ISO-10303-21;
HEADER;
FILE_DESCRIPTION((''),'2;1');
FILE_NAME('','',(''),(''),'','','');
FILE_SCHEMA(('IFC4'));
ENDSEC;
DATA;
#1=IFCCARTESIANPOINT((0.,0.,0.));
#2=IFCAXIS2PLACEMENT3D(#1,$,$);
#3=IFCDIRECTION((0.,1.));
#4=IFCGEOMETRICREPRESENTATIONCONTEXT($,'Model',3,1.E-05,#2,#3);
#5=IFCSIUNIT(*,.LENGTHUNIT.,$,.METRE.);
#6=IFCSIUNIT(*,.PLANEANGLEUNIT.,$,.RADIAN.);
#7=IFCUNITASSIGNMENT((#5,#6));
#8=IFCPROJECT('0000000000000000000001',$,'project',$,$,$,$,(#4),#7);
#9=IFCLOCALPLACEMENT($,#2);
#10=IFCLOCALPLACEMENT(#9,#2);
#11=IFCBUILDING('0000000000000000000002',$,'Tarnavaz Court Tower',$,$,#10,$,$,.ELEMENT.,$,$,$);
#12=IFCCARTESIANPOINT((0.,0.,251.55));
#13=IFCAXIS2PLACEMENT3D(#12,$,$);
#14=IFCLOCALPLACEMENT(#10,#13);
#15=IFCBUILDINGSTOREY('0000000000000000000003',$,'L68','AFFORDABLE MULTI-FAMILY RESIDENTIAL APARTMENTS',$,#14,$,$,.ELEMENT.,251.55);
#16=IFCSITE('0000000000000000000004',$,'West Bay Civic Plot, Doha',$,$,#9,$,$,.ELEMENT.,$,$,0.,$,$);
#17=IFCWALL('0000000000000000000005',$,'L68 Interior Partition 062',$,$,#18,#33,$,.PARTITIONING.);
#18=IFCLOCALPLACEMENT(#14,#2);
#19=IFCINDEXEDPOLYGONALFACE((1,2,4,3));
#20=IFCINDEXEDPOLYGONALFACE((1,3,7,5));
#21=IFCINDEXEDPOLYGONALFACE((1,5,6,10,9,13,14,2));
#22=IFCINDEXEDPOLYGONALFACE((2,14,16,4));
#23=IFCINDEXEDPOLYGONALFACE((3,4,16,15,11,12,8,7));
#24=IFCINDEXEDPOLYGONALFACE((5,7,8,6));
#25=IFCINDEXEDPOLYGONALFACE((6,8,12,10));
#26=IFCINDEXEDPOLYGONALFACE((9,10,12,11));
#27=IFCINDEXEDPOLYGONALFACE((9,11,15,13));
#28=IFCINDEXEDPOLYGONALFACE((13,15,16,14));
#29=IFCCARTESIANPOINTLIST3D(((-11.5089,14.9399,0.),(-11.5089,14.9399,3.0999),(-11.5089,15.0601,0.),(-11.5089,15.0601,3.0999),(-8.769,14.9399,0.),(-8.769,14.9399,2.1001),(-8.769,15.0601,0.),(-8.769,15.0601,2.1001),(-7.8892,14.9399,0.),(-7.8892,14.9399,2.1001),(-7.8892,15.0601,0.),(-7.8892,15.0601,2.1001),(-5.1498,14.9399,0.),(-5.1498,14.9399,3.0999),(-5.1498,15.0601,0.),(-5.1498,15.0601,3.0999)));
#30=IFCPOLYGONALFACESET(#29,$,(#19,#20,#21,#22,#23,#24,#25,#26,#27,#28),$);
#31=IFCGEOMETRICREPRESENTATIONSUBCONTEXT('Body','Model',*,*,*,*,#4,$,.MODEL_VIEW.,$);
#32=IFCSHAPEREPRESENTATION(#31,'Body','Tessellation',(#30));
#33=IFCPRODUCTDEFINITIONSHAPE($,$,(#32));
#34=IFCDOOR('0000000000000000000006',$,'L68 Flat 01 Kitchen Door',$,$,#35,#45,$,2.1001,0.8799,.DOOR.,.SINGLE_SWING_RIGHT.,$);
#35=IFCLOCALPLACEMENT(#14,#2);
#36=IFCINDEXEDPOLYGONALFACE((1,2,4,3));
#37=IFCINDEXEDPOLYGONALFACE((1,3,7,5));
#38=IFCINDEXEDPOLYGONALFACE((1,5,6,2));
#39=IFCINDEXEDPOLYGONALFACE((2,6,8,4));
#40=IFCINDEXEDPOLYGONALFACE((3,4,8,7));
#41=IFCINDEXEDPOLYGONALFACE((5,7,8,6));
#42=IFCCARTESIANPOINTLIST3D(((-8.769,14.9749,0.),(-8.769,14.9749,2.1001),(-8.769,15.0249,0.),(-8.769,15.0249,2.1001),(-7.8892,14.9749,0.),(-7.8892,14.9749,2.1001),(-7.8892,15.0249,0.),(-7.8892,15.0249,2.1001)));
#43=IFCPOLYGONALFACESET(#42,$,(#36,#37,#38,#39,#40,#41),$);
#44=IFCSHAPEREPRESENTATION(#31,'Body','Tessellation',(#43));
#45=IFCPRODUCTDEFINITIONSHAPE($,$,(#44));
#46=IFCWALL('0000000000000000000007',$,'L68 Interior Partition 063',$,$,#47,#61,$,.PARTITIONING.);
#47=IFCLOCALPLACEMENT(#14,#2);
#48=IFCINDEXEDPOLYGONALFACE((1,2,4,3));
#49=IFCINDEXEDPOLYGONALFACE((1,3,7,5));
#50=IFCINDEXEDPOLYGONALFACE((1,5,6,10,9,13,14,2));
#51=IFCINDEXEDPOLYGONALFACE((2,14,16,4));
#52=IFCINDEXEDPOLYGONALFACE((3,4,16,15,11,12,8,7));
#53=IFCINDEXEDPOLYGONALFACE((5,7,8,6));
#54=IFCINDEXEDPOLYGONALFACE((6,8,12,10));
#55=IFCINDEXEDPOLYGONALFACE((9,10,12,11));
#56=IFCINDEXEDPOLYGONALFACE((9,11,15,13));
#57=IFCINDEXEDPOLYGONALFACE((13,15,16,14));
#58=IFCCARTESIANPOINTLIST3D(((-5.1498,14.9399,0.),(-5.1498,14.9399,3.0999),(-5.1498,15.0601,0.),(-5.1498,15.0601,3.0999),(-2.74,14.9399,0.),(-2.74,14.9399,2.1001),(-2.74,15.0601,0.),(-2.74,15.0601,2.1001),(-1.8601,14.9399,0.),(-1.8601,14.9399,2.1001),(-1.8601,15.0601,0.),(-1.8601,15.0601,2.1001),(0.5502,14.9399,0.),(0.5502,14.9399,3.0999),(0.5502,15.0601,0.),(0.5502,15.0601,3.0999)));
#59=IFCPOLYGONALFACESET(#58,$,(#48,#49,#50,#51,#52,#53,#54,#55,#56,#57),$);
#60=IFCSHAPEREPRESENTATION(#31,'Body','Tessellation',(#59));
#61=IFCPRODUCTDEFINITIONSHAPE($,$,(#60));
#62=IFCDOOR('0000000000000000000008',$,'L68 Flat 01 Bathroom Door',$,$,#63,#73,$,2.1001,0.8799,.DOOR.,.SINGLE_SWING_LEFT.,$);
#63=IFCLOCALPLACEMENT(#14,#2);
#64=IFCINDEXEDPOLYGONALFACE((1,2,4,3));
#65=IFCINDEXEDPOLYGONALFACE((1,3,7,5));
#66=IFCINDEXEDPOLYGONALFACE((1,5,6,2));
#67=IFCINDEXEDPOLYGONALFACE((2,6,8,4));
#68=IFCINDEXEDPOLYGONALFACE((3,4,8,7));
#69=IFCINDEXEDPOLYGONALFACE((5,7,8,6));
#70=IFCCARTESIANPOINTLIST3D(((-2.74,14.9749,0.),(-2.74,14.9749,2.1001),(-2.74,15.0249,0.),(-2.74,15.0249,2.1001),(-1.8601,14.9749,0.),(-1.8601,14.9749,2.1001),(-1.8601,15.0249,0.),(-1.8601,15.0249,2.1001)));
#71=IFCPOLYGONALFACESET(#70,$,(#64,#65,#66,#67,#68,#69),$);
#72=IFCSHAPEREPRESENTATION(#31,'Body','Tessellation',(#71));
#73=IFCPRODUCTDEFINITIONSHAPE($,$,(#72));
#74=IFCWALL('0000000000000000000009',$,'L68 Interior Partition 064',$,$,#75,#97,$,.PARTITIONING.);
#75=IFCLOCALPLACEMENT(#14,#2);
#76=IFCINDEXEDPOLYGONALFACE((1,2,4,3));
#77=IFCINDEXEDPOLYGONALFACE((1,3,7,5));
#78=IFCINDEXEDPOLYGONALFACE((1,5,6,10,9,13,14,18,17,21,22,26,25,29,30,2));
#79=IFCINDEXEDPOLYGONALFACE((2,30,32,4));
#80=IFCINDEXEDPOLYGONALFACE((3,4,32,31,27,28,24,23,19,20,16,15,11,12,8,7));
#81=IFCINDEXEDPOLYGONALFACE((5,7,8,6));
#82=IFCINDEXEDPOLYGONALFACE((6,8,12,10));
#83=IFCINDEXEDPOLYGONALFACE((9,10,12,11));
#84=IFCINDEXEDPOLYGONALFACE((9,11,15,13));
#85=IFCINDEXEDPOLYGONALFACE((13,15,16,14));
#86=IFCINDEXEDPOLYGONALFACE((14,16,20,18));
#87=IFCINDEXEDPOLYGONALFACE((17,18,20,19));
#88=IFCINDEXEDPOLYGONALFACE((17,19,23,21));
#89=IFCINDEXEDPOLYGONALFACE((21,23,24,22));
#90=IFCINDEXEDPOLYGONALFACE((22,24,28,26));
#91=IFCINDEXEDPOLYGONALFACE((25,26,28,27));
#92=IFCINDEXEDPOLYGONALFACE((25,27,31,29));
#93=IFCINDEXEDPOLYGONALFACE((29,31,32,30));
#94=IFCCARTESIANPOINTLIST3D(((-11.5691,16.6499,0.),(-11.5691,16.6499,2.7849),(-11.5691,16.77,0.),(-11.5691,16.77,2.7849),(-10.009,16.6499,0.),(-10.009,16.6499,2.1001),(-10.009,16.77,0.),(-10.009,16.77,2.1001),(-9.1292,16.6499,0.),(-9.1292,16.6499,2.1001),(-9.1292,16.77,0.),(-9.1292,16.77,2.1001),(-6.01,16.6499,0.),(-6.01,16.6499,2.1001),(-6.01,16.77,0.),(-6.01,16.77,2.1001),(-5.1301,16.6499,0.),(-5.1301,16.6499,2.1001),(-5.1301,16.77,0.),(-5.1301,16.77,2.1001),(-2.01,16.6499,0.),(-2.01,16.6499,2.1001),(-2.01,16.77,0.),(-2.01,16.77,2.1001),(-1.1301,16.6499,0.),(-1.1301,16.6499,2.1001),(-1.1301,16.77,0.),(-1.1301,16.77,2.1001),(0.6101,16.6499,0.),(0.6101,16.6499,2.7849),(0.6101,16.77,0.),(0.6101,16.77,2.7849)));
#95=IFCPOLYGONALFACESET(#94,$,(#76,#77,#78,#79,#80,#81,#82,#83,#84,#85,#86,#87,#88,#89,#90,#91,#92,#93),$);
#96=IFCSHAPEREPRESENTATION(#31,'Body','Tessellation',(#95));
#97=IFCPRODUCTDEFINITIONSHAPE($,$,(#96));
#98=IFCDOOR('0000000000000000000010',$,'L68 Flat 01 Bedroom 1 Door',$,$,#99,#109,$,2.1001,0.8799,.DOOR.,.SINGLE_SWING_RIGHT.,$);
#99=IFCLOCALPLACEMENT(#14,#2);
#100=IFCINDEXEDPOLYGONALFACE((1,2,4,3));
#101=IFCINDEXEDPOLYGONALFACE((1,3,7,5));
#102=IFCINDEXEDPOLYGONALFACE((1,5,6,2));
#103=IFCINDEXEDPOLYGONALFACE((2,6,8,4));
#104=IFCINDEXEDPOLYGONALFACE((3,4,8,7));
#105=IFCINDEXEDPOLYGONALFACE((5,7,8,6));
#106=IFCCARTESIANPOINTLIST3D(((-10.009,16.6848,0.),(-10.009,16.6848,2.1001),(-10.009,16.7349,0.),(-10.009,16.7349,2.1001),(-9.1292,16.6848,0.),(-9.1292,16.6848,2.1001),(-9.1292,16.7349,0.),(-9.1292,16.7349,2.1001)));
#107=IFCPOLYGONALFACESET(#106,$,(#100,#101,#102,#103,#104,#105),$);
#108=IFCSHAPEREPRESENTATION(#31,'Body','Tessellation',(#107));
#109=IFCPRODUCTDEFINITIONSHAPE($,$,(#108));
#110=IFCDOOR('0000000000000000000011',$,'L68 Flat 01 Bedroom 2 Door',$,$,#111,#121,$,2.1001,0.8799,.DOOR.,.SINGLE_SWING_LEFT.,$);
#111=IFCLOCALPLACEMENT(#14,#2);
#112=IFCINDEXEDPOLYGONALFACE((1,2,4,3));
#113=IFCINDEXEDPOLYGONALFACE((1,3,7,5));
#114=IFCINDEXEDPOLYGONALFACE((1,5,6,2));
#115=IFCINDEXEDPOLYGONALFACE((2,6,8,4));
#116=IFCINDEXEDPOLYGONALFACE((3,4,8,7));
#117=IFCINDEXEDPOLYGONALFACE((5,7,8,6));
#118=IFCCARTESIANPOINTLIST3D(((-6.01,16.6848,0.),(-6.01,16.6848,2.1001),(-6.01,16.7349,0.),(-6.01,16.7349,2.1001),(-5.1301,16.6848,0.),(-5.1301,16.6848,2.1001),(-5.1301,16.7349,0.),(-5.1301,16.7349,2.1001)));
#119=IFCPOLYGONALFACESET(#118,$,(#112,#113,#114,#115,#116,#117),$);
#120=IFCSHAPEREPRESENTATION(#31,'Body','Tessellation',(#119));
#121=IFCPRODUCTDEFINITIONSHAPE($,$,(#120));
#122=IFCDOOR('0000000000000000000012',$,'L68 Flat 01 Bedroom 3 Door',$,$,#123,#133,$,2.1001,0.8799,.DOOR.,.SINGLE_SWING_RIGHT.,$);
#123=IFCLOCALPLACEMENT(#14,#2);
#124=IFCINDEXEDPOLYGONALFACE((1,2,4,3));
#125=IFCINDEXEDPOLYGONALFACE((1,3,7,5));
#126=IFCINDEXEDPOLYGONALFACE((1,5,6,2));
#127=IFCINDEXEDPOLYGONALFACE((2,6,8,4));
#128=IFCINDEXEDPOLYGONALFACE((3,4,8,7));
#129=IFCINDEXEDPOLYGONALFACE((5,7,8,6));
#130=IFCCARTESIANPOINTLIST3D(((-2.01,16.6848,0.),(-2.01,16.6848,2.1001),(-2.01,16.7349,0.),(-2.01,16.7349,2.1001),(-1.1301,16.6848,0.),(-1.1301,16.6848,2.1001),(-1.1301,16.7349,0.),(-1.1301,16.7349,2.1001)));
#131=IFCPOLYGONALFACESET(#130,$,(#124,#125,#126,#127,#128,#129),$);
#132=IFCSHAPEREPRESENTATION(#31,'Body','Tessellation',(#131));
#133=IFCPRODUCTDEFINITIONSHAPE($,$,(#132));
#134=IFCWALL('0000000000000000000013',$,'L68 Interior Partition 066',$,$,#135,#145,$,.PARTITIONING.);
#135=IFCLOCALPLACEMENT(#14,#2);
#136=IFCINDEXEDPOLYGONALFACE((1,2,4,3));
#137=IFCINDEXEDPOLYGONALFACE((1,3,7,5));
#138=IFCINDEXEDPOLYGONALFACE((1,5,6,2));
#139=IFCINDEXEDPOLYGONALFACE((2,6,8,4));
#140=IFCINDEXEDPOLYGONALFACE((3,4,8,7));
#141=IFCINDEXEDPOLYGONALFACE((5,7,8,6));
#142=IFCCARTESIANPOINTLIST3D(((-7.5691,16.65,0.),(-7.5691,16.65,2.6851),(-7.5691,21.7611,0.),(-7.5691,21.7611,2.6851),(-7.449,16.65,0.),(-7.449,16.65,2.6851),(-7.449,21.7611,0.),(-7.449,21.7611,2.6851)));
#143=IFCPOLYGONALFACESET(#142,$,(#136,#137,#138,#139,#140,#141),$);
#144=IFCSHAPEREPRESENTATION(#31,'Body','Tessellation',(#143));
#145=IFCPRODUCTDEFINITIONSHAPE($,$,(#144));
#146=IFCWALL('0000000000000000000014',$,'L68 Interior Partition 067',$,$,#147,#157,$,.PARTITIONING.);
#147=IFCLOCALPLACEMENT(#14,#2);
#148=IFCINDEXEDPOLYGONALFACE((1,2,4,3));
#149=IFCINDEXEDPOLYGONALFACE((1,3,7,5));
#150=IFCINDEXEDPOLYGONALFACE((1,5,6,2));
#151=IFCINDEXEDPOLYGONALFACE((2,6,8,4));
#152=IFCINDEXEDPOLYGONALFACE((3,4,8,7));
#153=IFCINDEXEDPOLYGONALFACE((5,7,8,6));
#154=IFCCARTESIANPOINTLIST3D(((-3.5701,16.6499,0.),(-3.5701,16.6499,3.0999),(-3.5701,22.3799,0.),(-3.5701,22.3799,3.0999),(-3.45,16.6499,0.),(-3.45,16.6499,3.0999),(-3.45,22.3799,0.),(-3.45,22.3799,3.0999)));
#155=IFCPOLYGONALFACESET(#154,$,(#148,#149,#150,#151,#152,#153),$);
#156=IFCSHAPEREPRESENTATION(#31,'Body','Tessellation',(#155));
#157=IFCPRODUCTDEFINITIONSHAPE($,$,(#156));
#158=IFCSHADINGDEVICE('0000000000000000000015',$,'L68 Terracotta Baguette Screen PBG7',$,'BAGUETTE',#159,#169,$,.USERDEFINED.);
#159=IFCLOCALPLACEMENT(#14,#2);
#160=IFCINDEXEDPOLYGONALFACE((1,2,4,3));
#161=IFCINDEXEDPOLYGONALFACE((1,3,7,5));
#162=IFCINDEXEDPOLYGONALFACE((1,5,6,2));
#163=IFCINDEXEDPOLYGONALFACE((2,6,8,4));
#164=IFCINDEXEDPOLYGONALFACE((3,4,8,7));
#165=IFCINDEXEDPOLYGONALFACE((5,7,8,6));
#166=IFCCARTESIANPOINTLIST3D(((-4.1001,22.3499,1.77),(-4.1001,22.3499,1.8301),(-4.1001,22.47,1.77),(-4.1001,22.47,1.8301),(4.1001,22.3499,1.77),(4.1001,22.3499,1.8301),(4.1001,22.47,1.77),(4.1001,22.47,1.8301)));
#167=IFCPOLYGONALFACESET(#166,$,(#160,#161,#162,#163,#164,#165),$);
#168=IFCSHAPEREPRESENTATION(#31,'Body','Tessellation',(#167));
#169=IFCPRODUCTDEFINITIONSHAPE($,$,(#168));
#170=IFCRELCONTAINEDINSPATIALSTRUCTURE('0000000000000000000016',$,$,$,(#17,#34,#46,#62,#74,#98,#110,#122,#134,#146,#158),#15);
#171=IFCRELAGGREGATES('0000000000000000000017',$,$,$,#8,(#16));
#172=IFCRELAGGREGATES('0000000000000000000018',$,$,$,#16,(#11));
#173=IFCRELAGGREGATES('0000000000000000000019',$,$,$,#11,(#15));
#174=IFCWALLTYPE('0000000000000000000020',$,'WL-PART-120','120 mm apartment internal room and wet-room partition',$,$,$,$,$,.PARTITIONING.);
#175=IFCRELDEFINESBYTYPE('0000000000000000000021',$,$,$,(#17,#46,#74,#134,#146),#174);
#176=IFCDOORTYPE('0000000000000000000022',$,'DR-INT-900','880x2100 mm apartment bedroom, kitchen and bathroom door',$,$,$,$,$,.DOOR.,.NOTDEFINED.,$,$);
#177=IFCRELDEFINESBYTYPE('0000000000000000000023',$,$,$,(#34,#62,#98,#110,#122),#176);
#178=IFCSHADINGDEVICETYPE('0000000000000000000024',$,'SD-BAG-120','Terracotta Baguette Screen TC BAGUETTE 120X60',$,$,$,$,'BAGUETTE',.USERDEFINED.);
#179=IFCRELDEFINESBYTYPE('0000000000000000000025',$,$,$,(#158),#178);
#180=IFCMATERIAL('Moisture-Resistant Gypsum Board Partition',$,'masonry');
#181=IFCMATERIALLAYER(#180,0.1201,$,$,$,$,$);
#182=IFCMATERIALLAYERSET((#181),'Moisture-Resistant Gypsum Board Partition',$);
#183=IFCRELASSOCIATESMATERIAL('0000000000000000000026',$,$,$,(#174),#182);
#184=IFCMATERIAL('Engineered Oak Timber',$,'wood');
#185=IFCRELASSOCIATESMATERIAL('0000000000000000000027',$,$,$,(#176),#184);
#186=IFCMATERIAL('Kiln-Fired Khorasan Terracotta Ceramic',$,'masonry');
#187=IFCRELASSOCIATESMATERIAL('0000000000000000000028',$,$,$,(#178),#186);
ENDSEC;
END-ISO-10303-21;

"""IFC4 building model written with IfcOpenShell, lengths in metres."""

from ifc_helpers import new_model, si_unit, direction, frame, frame_2d, origin, origin_2d, place, context, subcontext, project, spatial, rectangle, extrude, material, layer, layer_set, material_profile, profile_set, type_object, element, fill, save


model = new_model("IFC4")

# Units and contexts
model_context = context("Model", 3, precision=1e-05, world=origin(), true_north=direction((0.0, 1.0)))
body_context = subcontext(model_context, "Body", "Model", "MODEL_VIEW")
ifc_project = project(units=[si_unit("LENGTHUNIT", "METRE"), si_unit("PLANEANGLEUNIT", "RADIAN")], contexts=[model_context])

# Site, building, storey
site_placement = place(None, origin())
site = spatial("IfcSite", under=ifc_project, at=site_placement, Name="West Bay Civic Plot, Doha", CompositionType="ELEMENT", RefElevation=0.0)
building_placement = place(site_placement, origin())
building = spatial("IfcBuilding", under=site, at=building_placement, Name="Tarnavaz Court Tower", CompositionType="ELEMENT")
storey_placement = place(building_placement, frame((0.0, 0.0, 251.55)))
storey = spatial("IfcBuildingStorey", under=building, at=storey_placement, Name="L68", Description="AFFORDABLE MULTI-FAMILY RESIDENTIAL APARTMENTS", CompositionType="ELEMENT", Elevation=251.55)

# Walls, openings, doors
ifc_material_1 = material(Name="Moisture-Resistant Gypsum Board Partition", Category="masonry")
ifc_layer_1 = layer(ifc_material_1, 0.1201)
ifc_layer_set_1 = layer_set([ifc_layer_1], Name="Moisture-Resistant Gypsum Board Partition")
wall_type_1 = type_object("IfcWallType", Name="WL-PART-120", Description="120 mm apartment internal room and wet-room partition", PredefinedType="PARTITIONING", material=ifc_layer_set_1)
wall_1_placement = place(storey_placement, frame((-11.509, 15.0, 0.0), z_axis=(0.0, 0.0, 1.0), x_axis=(1.0, 0.0, 0.0)))
wall_1 = element("IfcWall", 1, at=wall_1_placement, inside=storey, type_object=wall_type_1, Name="L68 Interior Partition 062", PredefinedType="PARTITIONING", context=body_context, shape_type="SweptSolid", body=[
    extrude(rectangle(XDim=6.3591, YDim=0.1201, at=frame_2d((3.1797, 0.0))), origin(), (0.0, 0.0, 1.0), 3.0999),
])
opening_1_placement = place(wall_1_placement, frame((2.74, 0.0, 0.0)))
opening_1 = element("IfcOpeningElement", 2, at=opening_1_placement, cuts=wall_1, PredefinedType="OPENING", context=body_context, shape_type="SweptSolid", body=[
    extrude(rectangle(XDim=0.8799, YDim=2.1001, at=frame_2d((0.4399, 1.05))), frame((0.0, 0.0701, 0.0), z_axis=(0.0, -1.0, 0.0), x_axis=(1.0, 0.0, 0.0)), (0.0, 0.0, 1.0), 0.1401),
])
ifc_material_2 = material(Name="Engineered Oak Timber", Category="wood")
door_type = type_object("IfcDoorType", Name="DR-INT-900", Description="880x2100 mm apartment bedroom, kitchen and bathroom door", OperationType="NOTDEFINED", PredefinedType="DOOR", material=ifc_material_2)
door_1_placement = place(opening_1_placement, origin())
door_1 = element("IfcDoor", 3, at=door_1_placement, inside=storey, type_object=door_type, Name="L68 Flat 01 Kitchen Door", OperationType="SINGLE_SWING_RIGHT", OverallHeight=2.1001, OverallWidth=0.8799, PredefinedType="DOOR", context=body_context, shape_type="SweptSolid", body=[
    extrude(rectangle(XDim=0.8799, YDim=2.1001, at=frame_2d((0.4399, 1.05))), frame((0.0, 0.0249, 0.0), z_axis=(0.0, -1.0, 0.0), x_axis=(1.0, 0.0, 0.0)), (0.0, 0.0, 1.0), 0.05),
])
fill(opening_1, door_1)
wall_2_placement = place(storey_placement, frame((-5.1499, 15.0, 0.0), z_axis=(0.0, 0.0, 1.0), x_axis=(1.0, 0.0, 0.0)))
wall_2 = element("IfcWall", 4, at=wall_2_placement, inside=storey, type_object=wall_type_1, Name="L68 Interior Partition 063", PredefinedType="PARTITIONING", context=body_context, shape_type="SweptSolid", body=[
    extrude(rectangle(XDim=5.7, YDim=0.1201, at=frame_2d((2.8501, 0.0))), origin(), (0.0, 0.0, 1.0), 3.0999),
])
opening_2_placement = place(wall_2_placement, frame((2.4099, 0.0, 0.0)))
opening_2 = element("IfcOpeningElement", 5, at=opening_2_placement, cuts=wall_2, PredefinedType="OPENING", context=body_context, shape_type="SweptSolid", body=[
    extrude(rectangle(XDim=0.8799, YDim=2.1001, at=frame_2d((0.4399, 1.05))), frame((0.0, 0.0701, 0.0), z_axis=(0.0, -1.0, 0.0), x_axis=(1.0, 0.0, 0.0)), (0.0, 0.0, 1.0), 0.1401),
])
door_2_placement = place(opening_2_placement, origin())
door_2 = element("IfcDoor", 6, at=door_2_placement, inside=storey, type_object=door_type, Name="L68 Flat 01 Bathroom Door", OperationType="SINGLE_SWING_LEFT", OverallHeight=2.1001, OverallWidth=0.8799, PredefinedType="DOOR", context=body_context, shape_type="SweptSolid", body=[
    extrude(rectangle(XDim=0.8799, YDim=2.1001, at=frame_2d((0.4399, 1.05))), frame((0.0, 0.0249, 0.0), z_axis=(0.0, -1.0, 0.0), x_axis=(1.0, 0.0, 0.0)), (0.0, 0.0, 1.0), 0.05),
])
fill(opening_2, door_2)

# Wall, openings, doors
wall_3_placement = place(storey_placement, frame((-11.5691, 16.71, 0.0), z_axis=(0.0, 0.0, 1.0), x_axis=(1.0, 0.0, 0.0)))
wall_3 = element("IfcWall", 7, at=wall_3_placement, inside=storey, type_object=wall_type_1, Name="L68 Interior Partition 064", PredefinedType="PARTITIONING", context=body_context, shape_type="SweptSolid", body=[
    extrude(rectangle(XDim=12.1792, YDim=0.1201, at=frame_2d((6.0896, 0.0))), origin(), (0.0, 0.0, 1.0), 2.7849),
])
opening_3_placement = place(wall_3_placement, frame((1.5601, 0.0, 0.0)))
opening_3 = element("IfcOpeningElement", 8, at=opening_3_placement, cuts=wall_3, PredefinedType="OPENING", context=body_context, shape_type="SweptSolid", body=[
    extrude(rectangle(XDim=0.8799, YDim=2.1001, at=frame_2d((0.4399, 1.05))), frame((0.0, 0.0701, 0.0), z_axis=(0.0, -1.0, 0.0), x_axis=(1.0, 0.0, 0.0)), (0.0, 0.0, 1.0), 0.1401),
])
opening_4_placement = place(wall_3_placement, frame((5.5591, 0.0, 0.0)))
opening_4 = element("IfcOpeningElement", 9, at=opening_4_placement, cuts=wall_3, PredefinedType="OPENING", context=body_context, shape_type="SweptSolid", body=[
    extrude(rectangle(XDim=0.8799, YDim=2.1001, at=frame_2d((0.4399, 1.05))), frame((0.0, 0.0701, 0.0), z_axis=(0.0, -1.0, 0.0), x_axis=(1.0, 0.0, 0.0)), (0.0, 0.0, 1.0), 0.1401),
])
opening_5_placement = place(wall_3_placement, frame((9.5591, 0.0, 0.0)))
opening_5 = element("IfcOpeningElement", 10, at=opening_5_placement, cuts=wall_3, PredefinedType="OPENING", context=body_context, shape_type="SweptSolid", body=[
    extrude(rectangle(XDim=0.8799, YDim=2.1001, at=frame_2d((0.4399, 1.05))), frame((0.0, 0.0701, 0.0), z_axis=(0.0, -1.0, 0.0), x_axis=(1.0, 0.0, 0.0)), (0.0, 0.0, 1.0), 0.1401),
])
door_3_placement = place(opening_3_placement, origin())
door_3 = element("IfcDoor", 11, at=door_3_placement, inside=storey, type_object=door_type, Name="L68 Flat 01 Bedroom 1 Door", OperationType="SINGLE_SWING_RIGHT", OverallHeight=2.1001, OverallWidth=0.8799, PredefinedType="DOOR", context=body_context, shape_type="SweptSolid", body=[
    extrude(rectangle(XDim=0.8799, YDim=2.1001, at=frame_2d((0.4399, 1.05))), frame((0.0, 0.0249, 0.0), z_axis=(0.0, -1.0, 0.0), x_axis=(1.0, 0.0, 0.0)), (0.0, 0.0, 1.0), 0.05),
])
fill(opening_3, door_3)
door_4_placement = place(opening_4_placement, origin())
door_4 = element("IfcDoor", 12, at=door_4_placement, inside=storey, type_object=door_type, Name="L68 Flat 01 Bedroom 2 Door", OperationType="SINGLE_SWING_LEFT", OverallHeight=2.1001, OverallWidth=0.8799, PredefinedType="DOOR", context=body_context, shape_type="SweptSolid", body=[
    extrude(rectangle(XDim=0.8799, YDim=2.1001, at=frame_2d((0.4399, 1.05))), frame((0.0, 0.0249, 0.0), z_axis=(0.0, -1.0, 0.0), x_axis=(1.0, 0.0, 0.0)), (0.0, 0.0, 1.0), 0.05),
])
fill(opening_4, door_4)
door_5_placement = place(opening_5_placement, origin())
door_5 = element("IfcDoor", 13, at=door_5_placement, inside=storey, type_object=door_type, Name="L68 Flat 01 Bedroom 3 Door", OperationType="SINGLE_SWING_RIGHT", OverallHeight=2.1001, OverallWidth=0.8799, PredefinedType="DOOR", context=body_context, shape_type="SweptSolid", body=[
    extrude(rectangle(XDim=0.8799, YDim=2.1001, at=frame_2d((0.4399, 1.05))), frame((0.0, 0.0249, 0.0), z_axis=(0.0, -1.0, 0.0), x_axis=(1.0, 0.0, 0.0)), (0.0, 0.0, 1.0), 0.05),
])
fill(opening_5, door_5)

# Walls
wall_4_placement = place(storey_placement, frame((-7.509, 16.6499, 0.0), z_axis=(0.0, 0.0, 1.0), x_axis=(0.0, 1.0, 0.0)))
element("IfcWall", 14, at=wall_4_placement, inside=storey, type_object=wall_type_1, Name="L68 Interior Partition 066", PredefinedType="PARTITIONING", context=body_context, shape_type="SweptSolid", body=[
    extrude(rectangle(XDim=5.1111, YDim=0.1201, at=frame_2d((2.5557, 0.0))), origin(), (0.0, 0.0, 1.0), 2.6851),
])
wall_5_placement = place(storey_placement, frame((-3.51, 16.6499, 0.0), z_axis=(0.0, 0.0, 1.0), x_axis=(0.0, 1.0, 0.0)))
element("IfcWall", 15, at=wall_5_placement, inside=storey, type_object=wall_type_1, Name="L68 Interior Partition 067", PredefinedType="PARTITIONING", context=body_context, shape_type="SweptSolid", body=[
    extrude(rectangle(XDim=5.73, YDim=0.1201, at=frame_2d((2.865, 0.0))), origin(), (0.0, 0.0, 1.0), 3.0999),
])

# Shading device
ifc_material_3 = material(Name="Kiln-Fired Khorasan Terracotta Ceramic", Category="masonry")
ifc_material_profile_1 = material_profile(ifc_material_3, rectangle(XDim=0.1201, YDim=0.0601, at=origin_2d()), Name="TC BAGUETTE 120X60")
ifc_profile_set_1 = profile_set([ifc_material_profile_1], Name="Kiln-Fired Khorasan Terracotta Ceramic")
shading_device_type = type_object("IfcShadingDeviceType", Name="SD-BAG-120", Description="Terracotta Baguette Screen TC BAGUETTE 120X60", ElementType="BAGUETTE", PredefinedType="USERDEFINED", material=ifc_profile_set_1)
shading_device_placement = place(storey_placement, frame((-4.1001, 22.4099, 1.8), z_axis=(1.0, 0.0, 0.0), x_axis=(0.0, 1.0, 0.0)))
element("IfcShadingDevice", 16, at=shading_device_placement, inside=storey, type_object=shading_device_type, Name="L68 Terracotta Baguette Screen PBG7", ObjectType="BAGUETTE", PredefinedType="USERDEFINED", context=body_context, shape_type="SweptSolid", body=[
    extrude(rectangle(XDim=0.1201, YDim=0.0601, at=origin_2d()), origin(), (0.0, 0.0, 1.0), 8.2002),
])

save(model, "model.ifc")
